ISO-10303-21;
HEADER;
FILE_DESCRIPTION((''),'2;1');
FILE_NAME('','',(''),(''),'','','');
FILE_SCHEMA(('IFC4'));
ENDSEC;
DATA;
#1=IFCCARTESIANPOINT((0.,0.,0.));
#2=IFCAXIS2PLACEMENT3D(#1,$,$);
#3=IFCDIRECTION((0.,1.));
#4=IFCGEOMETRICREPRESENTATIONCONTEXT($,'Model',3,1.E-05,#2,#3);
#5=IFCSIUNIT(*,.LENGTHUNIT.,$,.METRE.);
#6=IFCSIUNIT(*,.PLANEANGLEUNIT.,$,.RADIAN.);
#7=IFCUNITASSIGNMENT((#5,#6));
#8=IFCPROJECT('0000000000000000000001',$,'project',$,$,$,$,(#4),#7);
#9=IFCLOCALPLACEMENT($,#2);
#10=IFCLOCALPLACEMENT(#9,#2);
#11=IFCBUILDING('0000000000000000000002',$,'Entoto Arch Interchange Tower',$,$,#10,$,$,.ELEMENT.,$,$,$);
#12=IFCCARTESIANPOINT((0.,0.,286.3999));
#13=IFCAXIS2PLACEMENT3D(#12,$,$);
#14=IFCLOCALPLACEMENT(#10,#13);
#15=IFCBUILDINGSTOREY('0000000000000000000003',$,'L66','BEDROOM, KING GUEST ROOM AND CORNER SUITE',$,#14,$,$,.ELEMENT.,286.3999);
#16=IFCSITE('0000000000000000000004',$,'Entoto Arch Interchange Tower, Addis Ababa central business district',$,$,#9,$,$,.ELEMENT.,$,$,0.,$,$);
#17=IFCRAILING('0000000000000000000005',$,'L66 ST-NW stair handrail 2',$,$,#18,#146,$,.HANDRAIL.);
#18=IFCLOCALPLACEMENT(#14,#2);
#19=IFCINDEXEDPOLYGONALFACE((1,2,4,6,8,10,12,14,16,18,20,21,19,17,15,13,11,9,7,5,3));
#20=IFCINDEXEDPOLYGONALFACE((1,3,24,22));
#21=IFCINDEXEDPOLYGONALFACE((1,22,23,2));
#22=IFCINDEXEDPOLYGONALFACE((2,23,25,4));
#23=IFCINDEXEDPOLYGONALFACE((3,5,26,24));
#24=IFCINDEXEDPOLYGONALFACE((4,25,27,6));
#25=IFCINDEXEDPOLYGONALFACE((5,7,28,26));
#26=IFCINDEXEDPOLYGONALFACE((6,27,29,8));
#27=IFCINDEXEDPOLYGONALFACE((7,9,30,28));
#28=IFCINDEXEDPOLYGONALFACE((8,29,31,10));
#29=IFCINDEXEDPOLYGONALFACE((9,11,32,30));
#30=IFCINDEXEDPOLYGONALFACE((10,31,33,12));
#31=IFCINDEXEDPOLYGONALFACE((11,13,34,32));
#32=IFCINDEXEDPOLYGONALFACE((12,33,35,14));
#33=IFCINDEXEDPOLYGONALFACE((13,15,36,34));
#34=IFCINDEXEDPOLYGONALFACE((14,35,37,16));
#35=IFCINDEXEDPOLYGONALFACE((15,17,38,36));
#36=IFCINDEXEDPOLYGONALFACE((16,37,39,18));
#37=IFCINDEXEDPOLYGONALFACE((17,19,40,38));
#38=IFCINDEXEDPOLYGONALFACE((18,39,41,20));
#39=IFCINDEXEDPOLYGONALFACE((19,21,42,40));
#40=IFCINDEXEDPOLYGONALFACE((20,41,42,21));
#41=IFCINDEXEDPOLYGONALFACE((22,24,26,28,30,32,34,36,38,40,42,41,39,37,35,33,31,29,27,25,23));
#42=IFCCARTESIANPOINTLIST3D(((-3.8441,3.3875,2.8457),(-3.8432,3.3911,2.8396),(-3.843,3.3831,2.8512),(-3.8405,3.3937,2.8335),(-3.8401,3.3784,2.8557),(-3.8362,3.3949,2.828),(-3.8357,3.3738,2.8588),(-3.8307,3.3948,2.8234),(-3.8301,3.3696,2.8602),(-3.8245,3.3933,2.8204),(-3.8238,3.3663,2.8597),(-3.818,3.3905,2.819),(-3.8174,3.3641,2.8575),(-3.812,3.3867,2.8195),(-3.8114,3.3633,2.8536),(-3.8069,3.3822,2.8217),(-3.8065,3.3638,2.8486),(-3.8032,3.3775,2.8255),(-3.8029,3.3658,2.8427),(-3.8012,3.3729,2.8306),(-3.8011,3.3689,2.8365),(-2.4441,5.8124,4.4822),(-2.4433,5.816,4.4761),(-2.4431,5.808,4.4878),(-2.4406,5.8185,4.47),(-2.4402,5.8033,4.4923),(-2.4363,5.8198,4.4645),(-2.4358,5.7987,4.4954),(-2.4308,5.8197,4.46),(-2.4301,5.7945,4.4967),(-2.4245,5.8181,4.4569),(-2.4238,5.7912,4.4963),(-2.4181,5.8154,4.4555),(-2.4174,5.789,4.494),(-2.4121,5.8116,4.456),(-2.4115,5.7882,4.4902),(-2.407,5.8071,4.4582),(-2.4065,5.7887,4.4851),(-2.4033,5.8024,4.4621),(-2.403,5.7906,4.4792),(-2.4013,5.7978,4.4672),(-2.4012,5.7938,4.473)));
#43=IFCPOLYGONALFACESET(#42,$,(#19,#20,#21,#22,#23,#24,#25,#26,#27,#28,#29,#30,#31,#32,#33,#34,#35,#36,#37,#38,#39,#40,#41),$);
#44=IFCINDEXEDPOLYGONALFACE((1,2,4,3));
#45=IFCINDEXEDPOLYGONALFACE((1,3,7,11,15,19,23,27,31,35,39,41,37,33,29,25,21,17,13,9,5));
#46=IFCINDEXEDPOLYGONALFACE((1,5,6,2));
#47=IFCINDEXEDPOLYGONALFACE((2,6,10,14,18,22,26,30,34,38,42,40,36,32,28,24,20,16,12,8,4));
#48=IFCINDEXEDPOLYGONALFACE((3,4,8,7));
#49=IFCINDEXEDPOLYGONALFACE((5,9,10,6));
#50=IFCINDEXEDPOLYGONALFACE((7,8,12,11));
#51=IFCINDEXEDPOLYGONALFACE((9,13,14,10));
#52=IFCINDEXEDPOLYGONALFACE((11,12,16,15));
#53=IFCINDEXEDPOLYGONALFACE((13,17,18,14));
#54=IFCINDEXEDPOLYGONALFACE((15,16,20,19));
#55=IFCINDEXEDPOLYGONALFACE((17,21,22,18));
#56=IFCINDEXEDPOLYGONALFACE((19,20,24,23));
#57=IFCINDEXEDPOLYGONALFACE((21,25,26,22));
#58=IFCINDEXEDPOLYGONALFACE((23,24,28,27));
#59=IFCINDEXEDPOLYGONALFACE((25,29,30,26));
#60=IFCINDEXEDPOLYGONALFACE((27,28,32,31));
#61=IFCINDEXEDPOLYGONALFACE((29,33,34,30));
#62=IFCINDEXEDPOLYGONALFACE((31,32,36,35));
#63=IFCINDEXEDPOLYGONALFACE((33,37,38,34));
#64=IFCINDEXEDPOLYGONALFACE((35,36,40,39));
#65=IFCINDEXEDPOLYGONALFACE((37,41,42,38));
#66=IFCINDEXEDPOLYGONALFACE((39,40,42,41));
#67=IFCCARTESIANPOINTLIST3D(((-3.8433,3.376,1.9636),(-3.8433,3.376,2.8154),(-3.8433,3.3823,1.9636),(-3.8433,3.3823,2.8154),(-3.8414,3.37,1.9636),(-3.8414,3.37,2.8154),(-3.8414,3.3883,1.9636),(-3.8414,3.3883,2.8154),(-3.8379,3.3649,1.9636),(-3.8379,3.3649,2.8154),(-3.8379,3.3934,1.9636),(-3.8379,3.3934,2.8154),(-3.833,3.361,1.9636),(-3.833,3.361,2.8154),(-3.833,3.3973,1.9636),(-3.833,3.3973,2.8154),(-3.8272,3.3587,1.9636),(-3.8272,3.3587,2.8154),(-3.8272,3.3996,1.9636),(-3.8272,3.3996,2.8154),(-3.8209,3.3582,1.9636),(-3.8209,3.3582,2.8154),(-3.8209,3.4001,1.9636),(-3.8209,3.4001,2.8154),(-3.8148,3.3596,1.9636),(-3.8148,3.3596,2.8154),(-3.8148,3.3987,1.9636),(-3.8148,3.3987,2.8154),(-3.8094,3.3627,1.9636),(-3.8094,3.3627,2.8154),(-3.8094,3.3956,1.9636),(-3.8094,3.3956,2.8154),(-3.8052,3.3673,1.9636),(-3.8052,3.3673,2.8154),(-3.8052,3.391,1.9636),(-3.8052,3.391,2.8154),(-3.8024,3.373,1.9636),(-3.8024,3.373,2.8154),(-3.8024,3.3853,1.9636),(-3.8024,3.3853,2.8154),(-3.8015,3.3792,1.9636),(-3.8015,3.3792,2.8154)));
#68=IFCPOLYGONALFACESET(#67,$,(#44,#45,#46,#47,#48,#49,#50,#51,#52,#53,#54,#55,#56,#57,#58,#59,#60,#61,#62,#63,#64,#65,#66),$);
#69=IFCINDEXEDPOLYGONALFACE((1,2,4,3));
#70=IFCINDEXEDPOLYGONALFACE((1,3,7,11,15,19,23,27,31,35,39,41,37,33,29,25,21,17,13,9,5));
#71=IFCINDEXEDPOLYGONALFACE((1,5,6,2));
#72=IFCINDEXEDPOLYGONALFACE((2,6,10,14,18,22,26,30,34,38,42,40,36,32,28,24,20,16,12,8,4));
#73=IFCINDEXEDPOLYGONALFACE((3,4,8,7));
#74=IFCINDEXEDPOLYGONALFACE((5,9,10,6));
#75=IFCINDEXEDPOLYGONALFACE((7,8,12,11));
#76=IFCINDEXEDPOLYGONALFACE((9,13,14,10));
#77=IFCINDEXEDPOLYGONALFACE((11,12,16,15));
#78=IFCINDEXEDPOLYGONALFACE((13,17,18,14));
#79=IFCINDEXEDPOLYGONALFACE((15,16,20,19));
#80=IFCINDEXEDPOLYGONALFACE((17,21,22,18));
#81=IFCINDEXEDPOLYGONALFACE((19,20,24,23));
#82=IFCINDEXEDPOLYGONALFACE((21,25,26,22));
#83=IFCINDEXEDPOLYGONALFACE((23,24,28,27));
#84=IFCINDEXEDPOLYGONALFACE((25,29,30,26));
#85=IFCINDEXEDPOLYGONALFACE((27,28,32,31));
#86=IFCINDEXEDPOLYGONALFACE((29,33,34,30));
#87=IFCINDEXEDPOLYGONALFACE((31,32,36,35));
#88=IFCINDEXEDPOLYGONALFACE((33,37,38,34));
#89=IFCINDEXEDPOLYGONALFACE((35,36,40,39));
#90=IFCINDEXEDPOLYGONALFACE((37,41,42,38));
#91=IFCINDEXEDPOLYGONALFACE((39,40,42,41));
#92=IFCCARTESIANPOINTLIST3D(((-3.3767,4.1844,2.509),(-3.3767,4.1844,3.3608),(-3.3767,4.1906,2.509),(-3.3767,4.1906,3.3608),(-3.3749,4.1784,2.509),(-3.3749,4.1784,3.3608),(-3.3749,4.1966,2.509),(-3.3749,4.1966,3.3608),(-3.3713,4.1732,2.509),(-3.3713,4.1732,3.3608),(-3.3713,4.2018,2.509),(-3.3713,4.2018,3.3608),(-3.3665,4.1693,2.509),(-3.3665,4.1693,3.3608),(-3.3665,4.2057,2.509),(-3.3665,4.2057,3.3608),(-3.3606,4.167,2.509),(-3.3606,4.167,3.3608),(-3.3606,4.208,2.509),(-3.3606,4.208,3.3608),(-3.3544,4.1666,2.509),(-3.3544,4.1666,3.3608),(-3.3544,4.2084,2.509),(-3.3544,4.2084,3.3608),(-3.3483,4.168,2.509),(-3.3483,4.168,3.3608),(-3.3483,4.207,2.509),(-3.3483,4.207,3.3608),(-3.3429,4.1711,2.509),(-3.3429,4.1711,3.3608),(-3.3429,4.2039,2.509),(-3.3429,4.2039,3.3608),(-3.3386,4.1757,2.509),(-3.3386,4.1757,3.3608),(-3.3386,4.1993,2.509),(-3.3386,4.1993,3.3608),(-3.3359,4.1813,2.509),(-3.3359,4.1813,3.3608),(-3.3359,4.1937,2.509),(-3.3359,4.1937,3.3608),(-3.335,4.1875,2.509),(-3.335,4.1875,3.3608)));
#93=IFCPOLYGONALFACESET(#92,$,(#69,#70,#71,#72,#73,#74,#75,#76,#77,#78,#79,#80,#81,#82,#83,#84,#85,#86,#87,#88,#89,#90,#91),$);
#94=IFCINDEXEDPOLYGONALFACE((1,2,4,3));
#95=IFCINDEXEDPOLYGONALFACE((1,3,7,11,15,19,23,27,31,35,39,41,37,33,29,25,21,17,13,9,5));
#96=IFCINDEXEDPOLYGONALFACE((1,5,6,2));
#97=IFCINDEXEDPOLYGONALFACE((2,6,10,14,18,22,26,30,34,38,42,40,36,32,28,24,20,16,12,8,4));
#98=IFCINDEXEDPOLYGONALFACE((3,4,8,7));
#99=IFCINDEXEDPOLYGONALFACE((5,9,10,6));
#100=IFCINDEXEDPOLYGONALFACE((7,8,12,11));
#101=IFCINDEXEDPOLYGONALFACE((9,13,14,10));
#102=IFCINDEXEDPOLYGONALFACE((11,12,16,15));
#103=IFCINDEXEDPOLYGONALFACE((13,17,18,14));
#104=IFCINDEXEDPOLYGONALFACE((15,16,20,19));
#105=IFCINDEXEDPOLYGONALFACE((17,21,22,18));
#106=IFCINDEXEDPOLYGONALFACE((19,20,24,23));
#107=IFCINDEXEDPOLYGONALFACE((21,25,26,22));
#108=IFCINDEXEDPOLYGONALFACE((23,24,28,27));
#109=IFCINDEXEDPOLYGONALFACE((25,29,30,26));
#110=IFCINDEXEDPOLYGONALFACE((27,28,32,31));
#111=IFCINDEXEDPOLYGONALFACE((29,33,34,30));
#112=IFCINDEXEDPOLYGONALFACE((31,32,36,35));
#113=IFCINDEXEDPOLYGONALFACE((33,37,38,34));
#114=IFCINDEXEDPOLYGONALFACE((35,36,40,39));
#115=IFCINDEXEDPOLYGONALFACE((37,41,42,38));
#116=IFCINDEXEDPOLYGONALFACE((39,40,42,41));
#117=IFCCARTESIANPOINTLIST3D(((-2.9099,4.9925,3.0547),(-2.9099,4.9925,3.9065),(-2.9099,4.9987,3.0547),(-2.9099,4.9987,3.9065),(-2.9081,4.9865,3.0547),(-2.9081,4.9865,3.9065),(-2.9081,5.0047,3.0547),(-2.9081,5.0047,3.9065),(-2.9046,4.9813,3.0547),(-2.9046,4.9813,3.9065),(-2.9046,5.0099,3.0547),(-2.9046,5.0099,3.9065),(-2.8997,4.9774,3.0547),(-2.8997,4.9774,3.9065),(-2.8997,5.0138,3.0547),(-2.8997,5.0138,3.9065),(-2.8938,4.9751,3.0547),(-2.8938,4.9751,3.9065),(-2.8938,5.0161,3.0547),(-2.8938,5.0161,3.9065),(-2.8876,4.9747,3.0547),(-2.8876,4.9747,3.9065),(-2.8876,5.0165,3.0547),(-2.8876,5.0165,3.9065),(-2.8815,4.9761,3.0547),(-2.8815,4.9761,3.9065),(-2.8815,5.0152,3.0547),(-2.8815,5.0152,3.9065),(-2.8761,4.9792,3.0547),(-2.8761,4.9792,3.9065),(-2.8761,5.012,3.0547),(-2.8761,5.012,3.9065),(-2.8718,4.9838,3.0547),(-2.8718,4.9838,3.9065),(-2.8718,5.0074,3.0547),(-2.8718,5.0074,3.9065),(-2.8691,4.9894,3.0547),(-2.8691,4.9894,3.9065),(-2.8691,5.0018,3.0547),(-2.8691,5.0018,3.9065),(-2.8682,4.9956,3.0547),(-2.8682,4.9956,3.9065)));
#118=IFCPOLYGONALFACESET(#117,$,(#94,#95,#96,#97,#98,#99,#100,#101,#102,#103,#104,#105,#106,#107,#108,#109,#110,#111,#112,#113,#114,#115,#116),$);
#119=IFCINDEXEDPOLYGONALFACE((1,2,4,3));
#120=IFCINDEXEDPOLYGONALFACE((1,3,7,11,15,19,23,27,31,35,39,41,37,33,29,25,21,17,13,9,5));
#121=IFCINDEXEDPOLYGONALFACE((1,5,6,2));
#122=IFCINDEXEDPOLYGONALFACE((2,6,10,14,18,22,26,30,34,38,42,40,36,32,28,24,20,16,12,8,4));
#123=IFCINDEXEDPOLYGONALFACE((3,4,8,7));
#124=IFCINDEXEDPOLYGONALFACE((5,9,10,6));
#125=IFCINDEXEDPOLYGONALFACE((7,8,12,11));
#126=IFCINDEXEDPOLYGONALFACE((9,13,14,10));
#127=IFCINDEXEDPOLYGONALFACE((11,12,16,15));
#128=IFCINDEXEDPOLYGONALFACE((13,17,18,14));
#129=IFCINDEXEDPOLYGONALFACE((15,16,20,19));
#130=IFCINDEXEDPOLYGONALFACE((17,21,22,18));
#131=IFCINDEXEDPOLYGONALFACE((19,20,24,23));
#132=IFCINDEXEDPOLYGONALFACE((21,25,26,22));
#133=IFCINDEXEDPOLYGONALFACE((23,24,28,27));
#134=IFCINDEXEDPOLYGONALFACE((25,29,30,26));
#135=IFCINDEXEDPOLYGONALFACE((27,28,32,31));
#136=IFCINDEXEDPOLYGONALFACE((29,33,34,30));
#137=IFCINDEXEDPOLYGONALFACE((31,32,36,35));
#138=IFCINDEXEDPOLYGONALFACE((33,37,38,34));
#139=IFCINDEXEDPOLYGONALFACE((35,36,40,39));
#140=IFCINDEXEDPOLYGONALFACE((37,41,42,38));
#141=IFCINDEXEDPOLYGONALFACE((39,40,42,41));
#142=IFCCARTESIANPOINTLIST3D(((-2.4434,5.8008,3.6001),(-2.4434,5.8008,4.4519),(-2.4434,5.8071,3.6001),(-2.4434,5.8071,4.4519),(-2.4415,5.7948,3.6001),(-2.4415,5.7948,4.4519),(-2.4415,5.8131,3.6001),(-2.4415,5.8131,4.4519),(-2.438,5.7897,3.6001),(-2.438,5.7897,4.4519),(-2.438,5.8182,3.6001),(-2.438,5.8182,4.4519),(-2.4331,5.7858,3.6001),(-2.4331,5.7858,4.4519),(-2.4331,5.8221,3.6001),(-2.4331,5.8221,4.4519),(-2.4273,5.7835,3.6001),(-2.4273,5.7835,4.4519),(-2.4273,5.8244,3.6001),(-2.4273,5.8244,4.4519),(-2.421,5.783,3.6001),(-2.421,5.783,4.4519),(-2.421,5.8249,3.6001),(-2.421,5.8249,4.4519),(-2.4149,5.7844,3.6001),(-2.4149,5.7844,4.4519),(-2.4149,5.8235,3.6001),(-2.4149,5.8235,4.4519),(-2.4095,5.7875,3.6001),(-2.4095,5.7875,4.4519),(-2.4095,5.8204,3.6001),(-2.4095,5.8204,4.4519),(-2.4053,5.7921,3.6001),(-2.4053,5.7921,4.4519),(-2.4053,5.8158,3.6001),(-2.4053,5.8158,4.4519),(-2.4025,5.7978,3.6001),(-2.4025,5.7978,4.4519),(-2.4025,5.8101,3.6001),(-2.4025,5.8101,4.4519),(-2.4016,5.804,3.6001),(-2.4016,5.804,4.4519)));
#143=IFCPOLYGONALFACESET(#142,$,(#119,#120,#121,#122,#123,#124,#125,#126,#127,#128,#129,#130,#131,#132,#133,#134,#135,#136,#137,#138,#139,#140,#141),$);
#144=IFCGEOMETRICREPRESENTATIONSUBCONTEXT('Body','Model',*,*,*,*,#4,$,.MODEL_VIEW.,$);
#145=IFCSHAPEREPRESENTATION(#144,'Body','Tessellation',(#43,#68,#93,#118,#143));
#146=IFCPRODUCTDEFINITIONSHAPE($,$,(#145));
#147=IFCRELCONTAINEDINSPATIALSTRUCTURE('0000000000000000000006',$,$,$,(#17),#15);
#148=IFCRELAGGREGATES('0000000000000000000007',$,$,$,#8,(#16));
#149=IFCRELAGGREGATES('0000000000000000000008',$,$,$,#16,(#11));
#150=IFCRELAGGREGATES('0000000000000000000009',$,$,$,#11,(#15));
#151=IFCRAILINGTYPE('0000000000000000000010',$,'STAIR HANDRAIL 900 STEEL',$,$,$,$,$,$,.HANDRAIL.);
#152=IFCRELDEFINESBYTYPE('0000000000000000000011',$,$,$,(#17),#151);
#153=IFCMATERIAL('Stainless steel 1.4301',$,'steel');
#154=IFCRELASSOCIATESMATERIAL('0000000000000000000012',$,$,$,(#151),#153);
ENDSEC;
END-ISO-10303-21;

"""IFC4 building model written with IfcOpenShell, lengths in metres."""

from ifc_helpers import new_model, si_unit, direction, frame, origin, origin_2d, place, context, subcontext, project, spatial, circle, extrude, material, type_object, element, save


model = new_model("IFC4")

# Units and contexts
model_context = context("Model", 3, precision=1e-05, world=origin(), true_north=direction((0.0, 1.0)))
body_context = subcontext(model_context, "Body", "Model", "MODEL_VIEW")
ifc_project = project(units=[si_unit("LENGTHUNIT", "METRE"), si_unit("PLANEANGLEUNIT", "RADIAN")], contexts=[model_context])

# Site, building, storey
site_placement = place(None, origin())
site = spatial("IfcSite", under=ifc_project, at=site_placement, Name="Entoto Arch Interchange Tower, Addis Ababa central business district", CompositionType="ELEMENT", RefElevation=0.0)
building_placement = place(site_placement, origin())
building = spatial("IfcBuilding", under=site, at=building_placement, Name="Entoto Arch Interchange Tower", CompositionType="ELEMENT")
storey_placement = place(building_placement, frame((0.0, 0.0, 286.3999)))
storey = spatial("IfcBuildingStorey", under=building, at=storey_placement, Name="L66", Description="BEDROOM, KING GUEST ROOM AND CORNER SUITE", CompositionType="ELEMENT", Elevation=286.3999)

# Railing
ifc_material_1 = material(Name="Stainless steel 1.4301", Category="steel")
railing_type = type_object("IfcRailingType", Name="STAIR HANDRAIL 900 STEEL", PredefinedType="HANDRAIL", material=ifc_material_1)
railing_placement = place(storey_placement, frame((-3.8225, 3.3792, 1.9636)))
element("IfcRailing", 1, at=railing_placement, inside=storey, type_object=railing_type, Name="L66 ST-NW stair handrail 2", PredefinedType="HANDRAIL", context=body_context, shape_type="SweptSolid", body=[
    extrude(circle(Radius=0.0239, at=origin_2d()), frame((0.0, 0.0, 0.876), z_axis=(0.431661, 0.74769, 0.504608), x_axis=(-0.866035, 0.499984, 0.0)), (0.0, 0.0, 1.0), 3.2432),
    extrude(circle(Radius=0.021, at=origin_2d()), origin(), (0.0, 0.0, 1.0), 0.8518),
    extrude(circle(Radius=0.021, at=origin_2d()), frame((0.4666, 0.8083, 0.5454)), (0.0, 0.0, 1.0), 0.8518),
    extrude(circle(Radius=0.021, at=origin_2d()), frame((0.9333, 1.6165, 1.0911)), (0.0, 0.0, 1.0), 0.8518),
    extrude(circle(Radius=0.021, at=origin_2d()), frame((1.3999, 2.4248, 1.6365)), (0.0, 0.0, 1.0), 0.8518),
])

save(model, "model.ifc")
